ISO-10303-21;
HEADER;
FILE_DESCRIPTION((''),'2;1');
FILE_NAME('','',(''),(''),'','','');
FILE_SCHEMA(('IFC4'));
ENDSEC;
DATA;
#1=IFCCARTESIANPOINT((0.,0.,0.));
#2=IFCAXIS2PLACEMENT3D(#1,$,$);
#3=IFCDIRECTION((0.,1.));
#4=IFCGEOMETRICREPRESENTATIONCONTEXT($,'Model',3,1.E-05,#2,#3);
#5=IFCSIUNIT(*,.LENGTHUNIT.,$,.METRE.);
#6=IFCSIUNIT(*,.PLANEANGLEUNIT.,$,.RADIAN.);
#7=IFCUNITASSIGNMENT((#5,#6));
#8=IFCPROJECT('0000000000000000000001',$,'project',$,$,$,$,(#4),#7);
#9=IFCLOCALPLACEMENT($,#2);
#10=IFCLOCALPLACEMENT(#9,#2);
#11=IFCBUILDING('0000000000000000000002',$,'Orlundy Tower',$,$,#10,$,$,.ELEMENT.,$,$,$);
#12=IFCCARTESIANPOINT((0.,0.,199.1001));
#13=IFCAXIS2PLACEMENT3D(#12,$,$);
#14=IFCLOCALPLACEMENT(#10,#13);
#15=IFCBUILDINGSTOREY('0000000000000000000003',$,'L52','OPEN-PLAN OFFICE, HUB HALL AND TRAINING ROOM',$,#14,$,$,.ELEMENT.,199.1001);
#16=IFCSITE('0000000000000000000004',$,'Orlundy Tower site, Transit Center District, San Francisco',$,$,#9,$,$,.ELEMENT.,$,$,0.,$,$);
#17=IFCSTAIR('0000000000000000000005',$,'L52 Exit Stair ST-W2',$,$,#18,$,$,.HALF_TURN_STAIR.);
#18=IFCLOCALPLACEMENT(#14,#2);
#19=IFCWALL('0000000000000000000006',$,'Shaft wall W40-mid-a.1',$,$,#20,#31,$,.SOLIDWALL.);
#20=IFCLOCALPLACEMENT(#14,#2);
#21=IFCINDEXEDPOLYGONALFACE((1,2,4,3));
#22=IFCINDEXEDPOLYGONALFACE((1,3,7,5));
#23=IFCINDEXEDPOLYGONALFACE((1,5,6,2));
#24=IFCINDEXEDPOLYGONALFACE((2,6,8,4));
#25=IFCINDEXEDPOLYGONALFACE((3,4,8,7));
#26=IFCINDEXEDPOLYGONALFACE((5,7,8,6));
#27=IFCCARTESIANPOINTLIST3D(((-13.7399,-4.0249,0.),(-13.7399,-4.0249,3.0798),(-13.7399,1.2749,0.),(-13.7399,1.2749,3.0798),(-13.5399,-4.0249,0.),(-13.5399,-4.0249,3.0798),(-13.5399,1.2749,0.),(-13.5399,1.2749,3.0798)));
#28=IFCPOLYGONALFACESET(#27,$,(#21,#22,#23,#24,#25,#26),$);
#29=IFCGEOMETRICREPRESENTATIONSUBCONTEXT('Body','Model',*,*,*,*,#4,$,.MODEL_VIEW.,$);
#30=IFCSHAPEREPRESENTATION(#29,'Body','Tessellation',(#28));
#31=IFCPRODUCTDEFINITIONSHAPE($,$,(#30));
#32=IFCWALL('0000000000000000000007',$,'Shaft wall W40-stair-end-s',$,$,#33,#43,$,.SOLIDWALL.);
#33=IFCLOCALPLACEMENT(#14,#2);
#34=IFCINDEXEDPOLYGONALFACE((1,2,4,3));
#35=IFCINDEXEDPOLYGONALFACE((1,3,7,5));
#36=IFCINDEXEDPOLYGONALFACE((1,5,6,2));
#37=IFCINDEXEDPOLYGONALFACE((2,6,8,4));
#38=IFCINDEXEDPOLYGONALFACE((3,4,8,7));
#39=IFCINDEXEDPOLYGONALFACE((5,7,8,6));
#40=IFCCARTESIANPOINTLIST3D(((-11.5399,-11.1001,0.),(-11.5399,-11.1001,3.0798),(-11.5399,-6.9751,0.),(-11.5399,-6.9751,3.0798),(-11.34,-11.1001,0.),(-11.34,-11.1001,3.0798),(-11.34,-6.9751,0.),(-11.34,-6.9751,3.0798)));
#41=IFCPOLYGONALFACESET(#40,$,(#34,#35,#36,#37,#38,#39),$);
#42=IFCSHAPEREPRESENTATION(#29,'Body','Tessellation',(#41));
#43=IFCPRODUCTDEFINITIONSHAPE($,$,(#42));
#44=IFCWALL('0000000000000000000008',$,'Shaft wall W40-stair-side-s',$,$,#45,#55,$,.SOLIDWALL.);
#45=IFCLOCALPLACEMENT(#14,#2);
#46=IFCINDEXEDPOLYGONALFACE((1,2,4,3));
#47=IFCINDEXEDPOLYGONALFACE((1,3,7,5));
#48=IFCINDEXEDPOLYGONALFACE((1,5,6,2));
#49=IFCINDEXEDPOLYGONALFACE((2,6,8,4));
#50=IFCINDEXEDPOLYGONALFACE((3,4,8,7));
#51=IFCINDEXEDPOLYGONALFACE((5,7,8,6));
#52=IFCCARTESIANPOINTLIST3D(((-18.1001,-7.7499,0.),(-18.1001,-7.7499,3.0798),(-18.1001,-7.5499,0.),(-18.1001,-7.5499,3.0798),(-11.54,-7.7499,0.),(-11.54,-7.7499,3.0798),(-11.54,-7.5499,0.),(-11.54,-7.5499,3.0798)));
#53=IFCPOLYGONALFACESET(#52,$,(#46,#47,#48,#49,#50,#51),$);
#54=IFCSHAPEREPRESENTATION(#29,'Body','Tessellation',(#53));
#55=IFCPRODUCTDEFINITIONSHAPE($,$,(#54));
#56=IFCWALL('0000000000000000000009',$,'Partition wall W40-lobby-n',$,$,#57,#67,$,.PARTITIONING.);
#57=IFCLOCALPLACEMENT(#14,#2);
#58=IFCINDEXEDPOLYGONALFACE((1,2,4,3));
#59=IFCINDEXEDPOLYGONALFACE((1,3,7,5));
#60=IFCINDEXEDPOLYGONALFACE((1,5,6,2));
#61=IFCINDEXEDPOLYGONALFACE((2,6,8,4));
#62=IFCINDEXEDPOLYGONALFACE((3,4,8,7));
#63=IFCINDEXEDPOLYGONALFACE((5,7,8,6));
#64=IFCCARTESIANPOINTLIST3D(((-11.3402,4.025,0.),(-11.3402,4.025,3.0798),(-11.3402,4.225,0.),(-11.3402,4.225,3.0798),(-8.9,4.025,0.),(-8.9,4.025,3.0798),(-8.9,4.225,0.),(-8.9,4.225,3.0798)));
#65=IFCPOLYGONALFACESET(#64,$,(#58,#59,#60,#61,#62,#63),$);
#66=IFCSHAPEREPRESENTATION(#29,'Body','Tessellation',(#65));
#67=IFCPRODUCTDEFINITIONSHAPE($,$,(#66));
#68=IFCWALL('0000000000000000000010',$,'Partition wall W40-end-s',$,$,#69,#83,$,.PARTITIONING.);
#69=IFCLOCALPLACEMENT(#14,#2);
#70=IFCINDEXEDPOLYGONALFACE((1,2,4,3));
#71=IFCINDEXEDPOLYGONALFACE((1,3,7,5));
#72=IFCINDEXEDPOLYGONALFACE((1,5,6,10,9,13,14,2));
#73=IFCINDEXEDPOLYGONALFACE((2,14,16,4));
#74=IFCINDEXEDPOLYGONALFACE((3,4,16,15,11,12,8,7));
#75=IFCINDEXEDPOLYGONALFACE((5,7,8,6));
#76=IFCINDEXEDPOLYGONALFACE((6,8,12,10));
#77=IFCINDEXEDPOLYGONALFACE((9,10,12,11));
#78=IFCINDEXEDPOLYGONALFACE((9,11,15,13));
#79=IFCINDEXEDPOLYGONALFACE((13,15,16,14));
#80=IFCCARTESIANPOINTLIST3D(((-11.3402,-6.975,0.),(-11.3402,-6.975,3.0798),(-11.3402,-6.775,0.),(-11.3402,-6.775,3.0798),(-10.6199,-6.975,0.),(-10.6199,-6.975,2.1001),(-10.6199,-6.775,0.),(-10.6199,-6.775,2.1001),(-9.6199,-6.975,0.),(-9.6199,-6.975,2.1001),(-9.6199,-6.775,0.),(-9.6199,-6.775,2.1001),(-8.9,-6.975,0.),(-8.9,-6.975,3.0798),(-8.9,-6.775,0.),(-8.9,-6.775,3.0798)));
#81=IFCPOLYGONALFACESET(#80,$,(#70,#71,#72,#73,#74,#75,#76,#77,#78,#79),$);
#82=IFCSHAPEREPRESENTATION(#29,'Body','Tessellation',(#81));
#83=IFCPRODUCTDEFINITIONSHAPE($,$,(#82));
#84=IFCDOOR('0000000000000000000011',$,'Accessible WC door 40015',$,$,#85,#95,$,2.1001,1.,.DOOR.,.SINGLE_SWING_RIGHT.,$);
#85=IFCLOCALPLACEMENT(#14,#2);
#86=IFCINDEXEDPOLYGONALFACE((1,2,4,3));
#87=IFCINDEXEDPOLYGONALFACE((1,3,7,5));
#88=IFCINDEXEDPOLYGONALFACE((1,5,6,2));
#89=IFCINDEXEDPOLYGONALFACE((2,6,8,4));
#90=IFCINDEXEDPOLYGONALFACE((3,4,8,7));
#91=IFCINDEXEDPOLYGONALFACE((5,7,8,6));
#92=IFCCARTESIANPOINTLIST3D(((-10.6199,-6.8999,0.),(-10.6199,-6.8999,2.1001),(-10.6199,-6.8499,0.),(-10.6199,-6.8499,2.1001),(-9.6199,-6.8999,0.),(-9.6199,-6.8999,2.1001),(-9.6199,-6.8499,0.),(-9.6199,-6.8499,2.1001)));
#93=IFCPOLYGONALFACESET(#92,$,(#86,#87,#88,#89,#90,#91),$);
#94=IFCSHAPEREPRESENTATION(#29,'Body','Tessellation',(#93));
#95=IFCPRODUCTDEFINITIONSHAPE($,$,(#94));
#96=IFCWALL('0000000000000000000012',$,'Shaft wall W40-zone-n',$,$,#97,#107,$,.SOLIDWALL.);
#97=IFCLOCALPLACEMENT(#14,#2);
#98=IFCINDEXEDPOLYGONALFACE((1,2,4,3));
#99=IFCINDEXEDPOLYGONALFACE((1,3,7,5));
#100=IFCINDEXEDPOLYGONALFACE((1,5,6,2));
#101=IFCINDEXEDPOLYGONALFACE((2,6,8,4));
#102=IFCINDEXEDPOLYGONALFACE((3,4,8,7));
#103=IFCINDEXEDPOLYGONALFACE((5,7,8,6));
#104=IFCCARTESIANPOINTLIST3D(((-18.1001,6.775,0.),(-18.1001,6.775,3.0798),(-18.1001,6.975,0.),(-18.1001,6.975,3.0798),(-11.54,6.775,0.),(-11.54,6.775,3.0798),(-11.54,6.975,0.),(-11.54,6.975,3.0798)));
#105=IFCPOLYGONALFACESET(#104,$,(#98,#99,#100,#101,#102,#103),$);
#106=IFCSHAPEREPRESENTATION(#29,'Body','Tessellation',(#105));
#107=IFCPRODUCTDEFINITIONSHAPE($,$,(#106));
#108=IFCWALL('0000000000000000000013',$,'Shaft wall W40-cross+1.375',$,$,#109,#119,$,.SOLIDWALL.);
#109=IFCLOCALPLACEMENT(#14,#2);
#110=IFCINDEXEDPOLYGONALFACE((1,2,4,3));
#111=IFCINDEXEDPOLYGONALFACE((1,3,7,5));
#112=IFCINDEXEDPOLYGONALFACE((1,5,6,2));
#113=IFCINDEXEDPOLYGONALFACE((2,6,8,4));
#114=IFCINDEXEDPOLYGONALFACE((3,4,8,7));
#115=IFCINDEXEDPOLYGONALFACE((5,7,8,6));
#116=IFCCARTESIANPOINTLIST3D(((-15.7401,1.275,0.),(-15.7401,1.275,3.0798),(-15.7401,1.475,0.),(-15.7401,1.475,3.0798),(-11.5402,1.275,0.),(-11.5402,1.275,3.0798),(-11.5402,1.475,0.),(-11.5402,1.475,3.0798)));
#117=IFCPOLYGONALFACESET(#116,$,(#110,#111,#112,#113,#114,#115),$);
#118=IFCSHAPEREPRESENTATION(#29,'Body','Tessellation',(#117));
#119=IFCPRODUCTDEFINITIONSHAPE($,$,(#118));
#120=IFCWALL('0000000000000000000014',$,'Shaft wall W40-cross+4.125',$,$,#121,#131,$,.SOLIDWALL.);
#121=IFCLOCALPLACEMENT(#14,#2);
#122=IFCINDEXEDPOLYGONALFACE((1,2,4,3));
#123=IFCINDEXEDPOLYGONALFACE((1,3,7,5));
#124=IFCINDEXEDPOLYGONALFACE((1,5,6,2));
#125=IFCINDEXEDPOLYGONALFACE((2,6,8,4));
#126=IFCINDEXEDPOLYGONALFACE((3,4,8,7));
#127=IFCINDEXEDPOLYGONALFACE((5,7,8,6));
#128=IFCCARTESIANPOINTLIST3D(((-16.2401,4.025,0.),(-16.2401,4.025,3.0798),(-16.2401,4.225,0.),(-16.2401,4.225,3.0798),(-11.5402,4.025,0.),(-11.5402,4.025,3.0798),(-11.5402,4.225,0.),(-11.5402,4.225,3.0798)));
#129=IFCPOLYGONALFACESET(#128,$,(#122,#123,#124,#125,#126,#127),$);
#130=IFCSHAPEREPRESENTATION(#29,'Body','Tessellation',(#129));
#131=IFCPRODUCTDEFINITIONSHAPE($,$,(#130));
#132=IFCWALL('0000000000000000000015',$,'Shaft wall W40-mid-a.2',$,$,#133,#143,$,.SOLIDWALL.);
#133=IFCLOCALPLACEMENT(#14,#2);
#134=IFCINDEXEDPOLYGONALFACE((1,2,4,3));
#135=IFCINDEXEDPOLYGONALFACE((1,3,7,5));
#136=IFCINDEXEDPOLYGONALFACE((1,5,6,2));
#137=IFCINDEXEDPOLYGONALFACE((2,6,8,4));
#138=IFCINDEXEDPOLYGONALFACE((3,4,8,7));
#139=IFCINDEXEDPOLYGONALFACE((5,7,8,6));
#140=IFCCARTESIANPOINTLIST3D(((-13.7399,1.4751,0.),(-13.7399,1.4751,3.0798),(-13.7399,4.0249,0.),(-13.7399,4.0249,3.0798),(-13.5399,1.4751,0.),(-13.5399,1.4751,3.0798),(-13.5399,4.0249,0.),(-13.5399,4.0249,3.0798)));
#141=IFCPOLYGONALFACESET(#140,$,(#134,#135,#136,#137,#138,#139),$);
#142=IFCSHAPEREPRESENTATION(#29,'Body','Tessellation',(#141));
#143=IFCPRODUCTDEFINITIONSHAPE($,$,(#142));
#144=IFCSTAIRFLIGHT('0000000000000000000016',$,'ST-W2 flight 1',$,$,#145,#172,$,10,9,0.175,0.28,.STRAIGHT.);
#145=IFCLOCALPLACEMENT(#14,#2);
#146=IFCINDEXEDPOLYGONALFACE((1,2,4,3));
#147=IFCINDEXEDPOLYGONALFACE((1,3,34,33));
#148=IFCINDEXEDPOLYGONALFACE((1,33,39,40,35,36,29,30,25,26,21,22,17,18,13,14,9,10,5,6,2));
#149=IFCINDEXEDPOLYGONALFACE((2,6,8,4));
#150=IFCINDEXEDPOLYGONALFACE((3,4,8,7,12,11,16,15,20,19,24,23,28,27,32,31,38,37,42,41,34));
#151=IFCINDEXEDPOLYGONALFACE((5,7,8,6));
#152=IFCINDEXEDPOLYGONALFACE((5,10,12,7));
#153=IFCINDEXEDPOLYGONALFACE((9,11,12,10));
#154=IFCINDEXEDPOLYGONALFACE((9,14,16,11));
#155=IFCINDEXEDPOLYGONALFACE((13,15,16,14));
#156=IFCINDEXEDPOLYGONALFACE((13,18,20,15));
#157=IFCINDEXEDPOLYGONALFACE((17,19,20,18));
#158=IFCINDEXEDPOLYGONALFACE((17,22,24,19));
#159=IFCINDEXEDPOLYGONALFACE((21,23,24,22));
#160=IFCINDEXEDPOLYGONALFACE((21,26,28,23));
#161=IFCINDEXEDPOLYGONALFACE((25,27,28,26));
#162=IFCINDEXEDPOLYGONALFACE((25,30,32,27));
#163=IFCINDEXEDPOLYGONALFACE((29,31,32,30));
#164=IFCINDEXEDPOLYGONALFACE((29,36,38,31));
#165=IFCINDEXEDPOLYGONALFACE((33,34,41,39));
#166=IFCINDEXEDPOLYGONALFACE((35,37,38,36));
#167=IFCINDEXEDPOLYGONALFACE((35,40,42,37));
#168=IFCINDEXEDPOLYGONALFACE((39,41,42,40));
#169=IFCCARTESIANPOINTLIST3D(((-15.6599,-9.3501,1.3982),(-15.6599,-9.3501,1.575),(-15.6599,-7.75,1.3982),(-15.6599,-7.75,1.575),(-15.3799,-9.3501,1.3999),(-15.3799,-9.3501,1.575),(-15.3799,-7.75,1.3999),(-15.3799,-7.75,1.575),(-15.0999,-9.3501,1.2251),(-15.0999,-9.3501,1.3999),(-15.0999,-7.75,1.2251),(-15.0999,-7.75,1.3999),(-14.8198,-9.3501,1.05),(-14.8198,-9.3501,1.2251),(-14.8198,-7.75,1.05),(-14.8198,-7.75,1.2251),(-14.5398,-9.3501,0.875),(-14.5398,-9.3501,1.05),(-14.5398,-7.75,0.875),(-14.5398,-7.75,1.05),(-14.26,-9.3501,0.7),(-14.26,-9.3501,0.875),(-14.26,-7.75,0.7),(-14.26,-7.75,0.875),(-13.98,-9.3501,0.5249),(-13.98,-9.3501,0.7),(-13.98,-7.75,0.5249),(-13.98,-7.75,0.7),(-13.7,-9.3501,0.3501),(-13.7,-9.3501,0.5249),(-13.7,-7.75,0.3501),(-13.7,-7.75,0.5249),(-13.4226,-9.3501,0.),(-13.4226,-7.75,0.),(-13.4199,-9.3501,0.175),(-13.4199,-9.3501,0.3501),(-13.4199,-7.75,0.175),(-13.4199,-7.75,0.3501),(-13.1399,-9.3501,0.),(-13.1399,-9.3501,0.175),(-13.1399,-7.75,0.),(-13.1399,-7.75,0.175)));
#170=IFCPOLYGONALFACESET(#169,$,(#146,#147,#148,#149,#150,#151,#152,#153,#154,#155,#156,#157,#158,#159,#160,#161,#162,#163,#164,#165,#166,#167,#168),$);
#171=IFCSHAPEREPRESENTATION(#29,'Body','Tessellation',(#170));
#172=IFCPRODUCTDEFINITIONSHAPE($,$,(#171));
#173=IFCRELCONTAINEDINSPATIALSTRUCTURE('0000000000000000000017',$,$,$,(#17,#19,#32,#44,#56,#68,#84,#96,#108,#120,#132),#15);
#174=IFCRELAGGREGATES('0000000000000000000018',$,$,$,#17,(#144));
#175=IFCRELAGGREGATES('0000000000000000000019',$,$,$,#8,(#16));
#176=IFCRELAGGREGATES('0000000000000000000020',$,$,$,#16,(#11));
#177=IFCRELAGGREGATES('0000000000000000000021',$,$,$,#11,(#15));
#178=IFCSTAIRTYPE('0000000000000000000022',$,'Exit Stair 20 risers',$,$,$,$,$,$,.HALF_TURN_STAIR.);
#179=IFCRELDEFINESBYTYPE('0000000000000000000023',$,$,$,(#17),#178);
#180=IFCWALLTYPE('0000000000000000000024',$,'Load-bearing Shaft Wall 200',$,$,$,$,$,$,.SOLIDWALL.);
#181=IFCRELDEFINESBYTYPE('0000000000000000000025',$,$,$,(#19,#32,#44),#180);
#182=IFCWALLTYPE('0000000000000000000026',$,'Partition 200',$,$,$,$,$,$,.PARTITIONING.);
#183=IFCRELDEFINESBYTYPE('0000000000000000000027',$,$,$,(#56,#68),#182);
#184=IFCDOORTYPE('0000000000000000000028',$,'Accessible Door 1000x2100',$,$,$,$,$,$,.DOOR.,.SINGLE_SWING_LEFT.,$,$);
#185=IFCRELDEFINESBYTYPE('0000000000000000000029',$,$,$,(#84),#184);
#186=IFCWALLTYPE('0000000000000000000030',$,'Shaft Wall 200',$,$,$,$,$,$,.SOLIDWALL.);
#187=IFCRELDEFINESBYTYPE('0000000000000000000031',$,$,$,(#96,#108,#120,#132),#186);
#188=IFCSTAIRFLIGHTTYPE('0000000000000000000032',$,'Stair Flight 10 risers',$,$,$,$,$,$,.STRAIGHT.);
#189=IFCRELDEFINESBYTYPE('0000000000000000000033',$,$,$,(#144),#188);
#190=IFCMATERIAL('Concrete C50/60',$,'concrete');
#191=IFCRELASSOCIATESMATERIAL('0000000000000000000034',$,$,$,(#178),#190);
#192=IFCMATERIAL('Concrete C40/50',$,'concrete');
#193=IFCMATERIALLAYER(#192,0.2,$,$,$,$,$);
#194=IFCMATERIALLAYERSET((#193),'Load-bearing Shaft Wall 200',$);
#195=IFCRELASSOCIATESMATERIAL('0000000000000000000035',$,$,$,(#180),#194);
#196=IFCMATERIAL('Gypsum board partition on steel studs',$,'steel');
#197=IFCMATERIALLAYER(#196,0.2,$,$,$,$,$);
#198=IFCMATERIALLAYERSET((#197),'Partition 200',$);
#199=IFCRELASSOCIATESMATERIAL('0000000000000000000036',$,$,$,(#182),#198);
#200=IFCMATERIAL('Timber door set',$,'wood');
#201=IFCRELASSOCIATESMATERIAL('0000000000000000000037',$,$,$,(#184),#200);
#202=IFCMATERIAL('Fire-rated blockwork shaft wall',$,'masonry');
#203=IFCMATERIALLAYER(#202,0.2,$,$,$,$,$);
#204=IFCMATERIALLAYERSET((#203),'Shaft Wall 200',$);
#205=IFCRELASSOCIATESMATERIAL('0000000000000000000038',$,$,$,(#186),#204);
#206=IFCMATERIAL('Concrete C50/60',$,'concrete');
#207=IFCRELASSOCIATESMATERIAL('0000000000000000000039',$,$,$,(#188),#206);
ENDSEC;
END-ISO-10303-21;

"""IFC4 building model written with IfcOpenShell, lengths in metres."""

from ifc_helpers import new_model, si_unit, direction, frame, frame_2d, origin, place, context, subcontext, project, spatial, polyline, rectangle, outline, extrude, material, layer, layer_set, type_object, element, fill, aggregate, save


model = new_model("IFC4")

# Units and contexts
model_context = context("Model", 3, precision=1e-05, world=origin(), true_north=direction((0.0, 1.0)))
body_context = subcontext(model_context, "Body", "Model", "MODEL_VIEW")
ifc_project = project(units=[si_unit("LENGTHUNIT", "METRE"), si_unit("PLANEANGLEUNIT", "RADIAN")], contexts=[model_context])

# Site, building, storey
site_placement = place(None, origin())
site = spatial("IfcSite", under=ifc_project, at=site_placement, Name="Orlundy Tower site, Transit Center District, San Francisco", CompositionType="ELEMENT", RefElevation=0.0)
building_placement = place(site_placement, origin())
building = spatial("IfcBuilding", under=site, at=building_placement, Name="Orlundy Tower", CompositionType="ELEMENT")
storey_placement = place(building_placement, frame((0.0, 0.0, 199.1001)))
storey = spatial("IfcBuildingStorey", under=building, at=storey_placement, Name="L52", Description="OPEN-PLAN OFFICE, HUB HALL AND TRAINING ROOM", CompositionType="ELEMENT", Elevation=199.1001)

# Stair
ifc_material_1 = material(Name="Concrete C50/60", Category="concrete")
stair_type = type_object("IfcStairType", Name="Exit Stair 20 risers", PredefinedType="HALF_TURN_STAIR", material=ifc_material_1)
stair_1_placement = place(storey_placement, origin())
stair_1 = element("IfcStair", 1, at=stair_1_placement, inside=storey, type_object=stair_type, Name="L52 Exit Stair ST-W2", PredefinedType="HALF_TURN_STAIR")

# Shared definitions
ifc_material_2 = material(Name="Concrete C40/50", Category="concrete")
ifc_layer_1 = layer(ifc_material_2, 0.2)
ifc_layer_set_1 = layer_set([ifc_layer_1], Name="Load-bearing Shaft Wall 200")
wall_type_1 = type_object("IfcWallType", Name="Load-bearing Shaft Wall 200", PredefinedType="SOLIDWALL", material=ifc_layer_set_1)

# Walls
wall_1_placement = place(storey_placement, frame((-13.6399, -4.0249, 0.0), z_axis=(0.0, 0.0, 1.0), x_axis=(0.0, 1.0, 0.0)))
element("IfcWall", 2, at=wall_1_placement, inside=storey, type_object=wall_type_1, Name="Shaft wall W40-mid-a.1", PredefinedType="SOLIDWALL", context=body_context, shape_type="SweptSolid", body=[
    extrude(rectangle(XDim=5.2998, YDim=0.2, at=frame_2d((2.6499, 0.0))), origin(), (0.0, 0.0, 1.0), 3.0798),
])
wall_2_placement = place(storey_placement, frame((-11.4399, -11.1001, 0.0), z_axis=(0.0, 0.0, 1.0), x_axis=(0.0, 1.0, 0.0)))
element("IfcWall", 3, at=wall_2_placement, inside=storey, type_object=wall_type_1, Name="Shaft wall W40-stair-end-s", PredefinedType="SOLIDWALL", context=body_context, shape_type="SweptSolid", body=[
    extrude(rectangle(XDim=4.125, YDim=0.2, at=frame_2d((2.0625, 0.0))), origin(), (0.0, 0.0, 1.0), 3.0798),
])
wall_3_placement = place(storey_placement, frame((-11.54, -7.6499, 0.0), z_axis=(0.0, 0.0, 1.0), x_axis=(-1.0, 0.0, 0.0)))
element("IfcWall", 4, at=wall_3_placement, inside=storey, type_object=wall_type_1, Name="Shaft wall W40-stair-side-s", PredefinedType="SOLIDWALL", context=body_context, shape_type="SweptSolid", body=[
    extrude(rectangle(XDim=6.5601, YDim=0.2, at=frame_2d((3.28, 0.0))), origin(), (0.0, 0.0, 1.0), 3.0798),
])
ifc_material_3 = material(Name="Gypsum board partition on steel studs", Category="steel")
ifc_layer_2 = layer(ifc_material_3, 0.2)
ifc_layer_set_2 = layer_set([ifc_layer_2], Name="Partition 200")
wall_type_2 = type_object("IfcWallType", Name="Partition 200", PredefinedType="PARTITIONING", material=ifc_layer_set_2)
wall_4_placement = place(storey_placement, frame((-8.8999, 4.125, 0.0), z_axis=(0.0, 0.0, 1.0), x_axis=(-1.0, 0.0, 0.0)))
element("IfcWall", 5, at=wall_4_placement, inside=storey, type_object=wall_type_2, Name="Partition wall W40-lobby-n", PredefinedType="PARTITIONING", context=body_context, shape_type="SweptSolid", body=[
    extrude(rectangle(XDim=2.4402, YDim=0.2, at=frame_2d((1.2202, 0.0))), origin(), (0.0, 0.0, 1.0), 3.0798),
])

# Wall, opening, door
wall_5_placement = place(storey_placement, frame((-8.8999, -6.875, 0.0), z_axis=(0.0, 0.0, 1.0), x_axis=(-1.0, 0.0, 0.0)))
wall_5 = element("IfcWall", 6, at=wall_5_placement, inside=storey, type_object=wall_type_2, Name="Partition wall W40-end-s", PredefinedType="PARTITIONING", context=body_context, shape_type="SweptSolid", body=[
    extrude(rectangle(XDim=2.4402, YDim=0.2, at=frame_2d((1.2202, 0.0))), origin(), (0.0, 0.0, 1.0), 3.0798),
])
opening_1_placement = place(wall_5_placement, frame((0.72, 0.0, 0.0)))
opening_1 = element("IfcOpeningElement", 7, at=opening_1_placement, cuts=wall_5, PredefinedType="OPENING", context=body_context, shape_type="SweptSolid", body=[
    extrude(rectangle(XDim=1.0, YDim=2.1001, at=frame_2d((0.5, 1.05))), frame((0.0, 0.1101, 0.0), z_axis=(0.0, -1.0, 0.0), x_axis=(1.0, 0.0, 0.0)), (0.0, 0.0, 1.0), 0.2202),
])
ifc_material_4 = material(Name="Timber door set", Category="wood")
door_type_1 = type_object("IfcDoorType", Name="Accessible Door 1000x2100", OperationType="SINGLE_SWING_LEFT", PredefinedType="DOOR", material=ifc_material_4)
door_1_placement = place(opening_1_placement, origin())
door_1 = element("IfcDoor", 8, at=door_1_placement, inside=storey, type_object=door_type_1, Name="Accessible WC door 40015", OperationType="SINGLE_SWING_RIGHT", OverallHeight=2.1001, OverallWidth=1.0, PredefinedType="DOOR", context=body_context, shape_type="SweptSolid", body=[
    extrude(rectangle(XDim=1.0, YDim=2.1001, at=frame_2d((0.5, 1.05))), frame((0.0, 0.0249, 0.0), z_axis=(0.0, -1.0, 0.0), x_axis=(1.0, 0.0, 0.0)), (0.0, 0.0, 1.0), 0.05),
])
fill(opening_1, door_1)

# Walls
ifc_material_5 = material(Name="Fire-rated blockwork shaft wall", Category="masonry")
ifc_layer_3 = layer(ifc_material_5, 0.2)
ifc_layer_set_3 = layer_set([ifc_layer_3], Name="Shaft Wall 200")
wall_type_3 = type_object("IfcWallType", Name="Shaft Wall 200", PredefinedType="SOLIDWALL", material=ifc_layer_set_3)
wall_6_placement = place(storey_placement, frame((-11.54, 6.875, 0.0), z_axis=(0.0, 0.0, 1.0), x_axis=(-1.0, 0.0, 0.0)))
element("IfcWall", 9, at=wall_6_placement, inside=storey, type_object=wall_type_3, Name="Shaft wall W40-zone-n", PredefinedType="SOLIDWALL", context=body_context, shape_type="SweptSolid", body=[
    extrude(rectangle(XDim=6.5601, YDim=0.2, at=frame_2d((3.28, 0.0))), origin(), (0.0, 0.0, 1.0), 3.0798),
])
wall_7_placement = place(storey_placement, frame((-11.54, 1.375, 0.0), z_axis=(0.0, 0.0, 1.0), x_axis=(-1.0, 0.0, 0.0)))
element("IfcWall", 10, at=wall_7_placement, inside=storey, type_object=wall_type_3, Name="Shaft wall W40-cross+1.375", PredefinedType="SOLIDWALL", context=body_context, shape_type="SweptSolid", body=[
    extrude(rectangle(XDim=4.2, YDim=0.2, at=frame_2d((2.1001, 0.0))), origin(), (0.0, 0.0, 1.0), 3.0798),
])
wall_8_placement = place(storey_placement, frame((-11.54, 4.125, 0.0), z_axis=(0.0, 0.0, 1.0), x_axis=(-1.0, 0.0, 0.0)))
element("IfcWall", 11, at=wall_8_placement, inside=storey, type_object=wall_type_3, Name="Shaft wall W40-cross+4.125", PredefinedType="SOLIDWALL", context=body_context, shape_type="SweptSolid", body=[
    extrude(rectangle(XDim=4.7, YDim=0.2, at=frame_2d((2.3501, 0.0))), origin(), (0.0, 0.0, 1.0), 3.0798),
])
wall_9_placement = place(storey_placement, frame((-13.6399, 1.4751, 0.0), z_axis=(0.0, 0.0, 1.0), x_axis=(0.0, 1.0, 0.0)))
element("IfcWall", 12, at=wall_9_placement, inside=storey, type_object=wall_type_3, Name="Shaft wall W40-mid-a.2", PredefinedType="SOLIDWALL", context=body_context, shape_type="SweptSolid", body=[
    extrude(rectangle(XDim=2.5498, YDim=0.2, at=frame_2d((1.2749, 0.0))), origin(), (0.0, 0.0, 1.0), 3.0798),
])

# Stair flight
ifc_material_6 = material(Name="Concrete C50/60", Category="concrete")
stair_flight_type = type_object("IfcStairFlightType", Name="Stair Flight 10 risers", PredefinedType="STRAIGHT", material=ifc_material_6)
stair_flight_placement = place(storey_placement, frame((-13.1399, -8.55, 0.0), z_axis=(0.0, 0.0, 1.0), x_axis=(-1.0, 0.0, 0.0)))
stair_flight = element("IfcStairFlight", 13, at=stair_flight_placement, type_object=stair_flight_type, Name="ST-W2 flight 1", NumberOfRisers=10, NumberOfTreads=9, PredefinedType="STRAIGHT", RiserHeight=0.175, TreadLength=0.28, context=body_context, shape_type="SweptSolid", body=[
    extrude(outline(polyline([(0.0, 0.0), (0.0, 0.175), (0.28, 0.175), (0.28, 0.3501), (0.5601, 0.3501), (0.5601, 0.5249), (0.8401, 0.5249), (0.8401, 0.7), (1.1201, 0.7), (1.1201, 0.875), (1.3999, 0.875), (1.3999, 1.05), (1.6799, 1.05), (1.6799, 1.2251), (1.96, 1.2251), (1.96, 1.3999), (2.24, 1.3999), (2.24, 1.575), (2.52, 1.575), (2.52, 1.75), (2.52, 1.3982), (0.2827, 0.0), (0.0, 0.0)])), frame((0.0, 0.8, 0.0), z_axis=(0.0, -1.0, 0.0), x_axis=(1.0, 0.0, 0.0)), (0.0, 0.0, 1.0), 1.6001),
])
aggregate(stair_1, [stair_flight])

save(model, "model.ifc")
